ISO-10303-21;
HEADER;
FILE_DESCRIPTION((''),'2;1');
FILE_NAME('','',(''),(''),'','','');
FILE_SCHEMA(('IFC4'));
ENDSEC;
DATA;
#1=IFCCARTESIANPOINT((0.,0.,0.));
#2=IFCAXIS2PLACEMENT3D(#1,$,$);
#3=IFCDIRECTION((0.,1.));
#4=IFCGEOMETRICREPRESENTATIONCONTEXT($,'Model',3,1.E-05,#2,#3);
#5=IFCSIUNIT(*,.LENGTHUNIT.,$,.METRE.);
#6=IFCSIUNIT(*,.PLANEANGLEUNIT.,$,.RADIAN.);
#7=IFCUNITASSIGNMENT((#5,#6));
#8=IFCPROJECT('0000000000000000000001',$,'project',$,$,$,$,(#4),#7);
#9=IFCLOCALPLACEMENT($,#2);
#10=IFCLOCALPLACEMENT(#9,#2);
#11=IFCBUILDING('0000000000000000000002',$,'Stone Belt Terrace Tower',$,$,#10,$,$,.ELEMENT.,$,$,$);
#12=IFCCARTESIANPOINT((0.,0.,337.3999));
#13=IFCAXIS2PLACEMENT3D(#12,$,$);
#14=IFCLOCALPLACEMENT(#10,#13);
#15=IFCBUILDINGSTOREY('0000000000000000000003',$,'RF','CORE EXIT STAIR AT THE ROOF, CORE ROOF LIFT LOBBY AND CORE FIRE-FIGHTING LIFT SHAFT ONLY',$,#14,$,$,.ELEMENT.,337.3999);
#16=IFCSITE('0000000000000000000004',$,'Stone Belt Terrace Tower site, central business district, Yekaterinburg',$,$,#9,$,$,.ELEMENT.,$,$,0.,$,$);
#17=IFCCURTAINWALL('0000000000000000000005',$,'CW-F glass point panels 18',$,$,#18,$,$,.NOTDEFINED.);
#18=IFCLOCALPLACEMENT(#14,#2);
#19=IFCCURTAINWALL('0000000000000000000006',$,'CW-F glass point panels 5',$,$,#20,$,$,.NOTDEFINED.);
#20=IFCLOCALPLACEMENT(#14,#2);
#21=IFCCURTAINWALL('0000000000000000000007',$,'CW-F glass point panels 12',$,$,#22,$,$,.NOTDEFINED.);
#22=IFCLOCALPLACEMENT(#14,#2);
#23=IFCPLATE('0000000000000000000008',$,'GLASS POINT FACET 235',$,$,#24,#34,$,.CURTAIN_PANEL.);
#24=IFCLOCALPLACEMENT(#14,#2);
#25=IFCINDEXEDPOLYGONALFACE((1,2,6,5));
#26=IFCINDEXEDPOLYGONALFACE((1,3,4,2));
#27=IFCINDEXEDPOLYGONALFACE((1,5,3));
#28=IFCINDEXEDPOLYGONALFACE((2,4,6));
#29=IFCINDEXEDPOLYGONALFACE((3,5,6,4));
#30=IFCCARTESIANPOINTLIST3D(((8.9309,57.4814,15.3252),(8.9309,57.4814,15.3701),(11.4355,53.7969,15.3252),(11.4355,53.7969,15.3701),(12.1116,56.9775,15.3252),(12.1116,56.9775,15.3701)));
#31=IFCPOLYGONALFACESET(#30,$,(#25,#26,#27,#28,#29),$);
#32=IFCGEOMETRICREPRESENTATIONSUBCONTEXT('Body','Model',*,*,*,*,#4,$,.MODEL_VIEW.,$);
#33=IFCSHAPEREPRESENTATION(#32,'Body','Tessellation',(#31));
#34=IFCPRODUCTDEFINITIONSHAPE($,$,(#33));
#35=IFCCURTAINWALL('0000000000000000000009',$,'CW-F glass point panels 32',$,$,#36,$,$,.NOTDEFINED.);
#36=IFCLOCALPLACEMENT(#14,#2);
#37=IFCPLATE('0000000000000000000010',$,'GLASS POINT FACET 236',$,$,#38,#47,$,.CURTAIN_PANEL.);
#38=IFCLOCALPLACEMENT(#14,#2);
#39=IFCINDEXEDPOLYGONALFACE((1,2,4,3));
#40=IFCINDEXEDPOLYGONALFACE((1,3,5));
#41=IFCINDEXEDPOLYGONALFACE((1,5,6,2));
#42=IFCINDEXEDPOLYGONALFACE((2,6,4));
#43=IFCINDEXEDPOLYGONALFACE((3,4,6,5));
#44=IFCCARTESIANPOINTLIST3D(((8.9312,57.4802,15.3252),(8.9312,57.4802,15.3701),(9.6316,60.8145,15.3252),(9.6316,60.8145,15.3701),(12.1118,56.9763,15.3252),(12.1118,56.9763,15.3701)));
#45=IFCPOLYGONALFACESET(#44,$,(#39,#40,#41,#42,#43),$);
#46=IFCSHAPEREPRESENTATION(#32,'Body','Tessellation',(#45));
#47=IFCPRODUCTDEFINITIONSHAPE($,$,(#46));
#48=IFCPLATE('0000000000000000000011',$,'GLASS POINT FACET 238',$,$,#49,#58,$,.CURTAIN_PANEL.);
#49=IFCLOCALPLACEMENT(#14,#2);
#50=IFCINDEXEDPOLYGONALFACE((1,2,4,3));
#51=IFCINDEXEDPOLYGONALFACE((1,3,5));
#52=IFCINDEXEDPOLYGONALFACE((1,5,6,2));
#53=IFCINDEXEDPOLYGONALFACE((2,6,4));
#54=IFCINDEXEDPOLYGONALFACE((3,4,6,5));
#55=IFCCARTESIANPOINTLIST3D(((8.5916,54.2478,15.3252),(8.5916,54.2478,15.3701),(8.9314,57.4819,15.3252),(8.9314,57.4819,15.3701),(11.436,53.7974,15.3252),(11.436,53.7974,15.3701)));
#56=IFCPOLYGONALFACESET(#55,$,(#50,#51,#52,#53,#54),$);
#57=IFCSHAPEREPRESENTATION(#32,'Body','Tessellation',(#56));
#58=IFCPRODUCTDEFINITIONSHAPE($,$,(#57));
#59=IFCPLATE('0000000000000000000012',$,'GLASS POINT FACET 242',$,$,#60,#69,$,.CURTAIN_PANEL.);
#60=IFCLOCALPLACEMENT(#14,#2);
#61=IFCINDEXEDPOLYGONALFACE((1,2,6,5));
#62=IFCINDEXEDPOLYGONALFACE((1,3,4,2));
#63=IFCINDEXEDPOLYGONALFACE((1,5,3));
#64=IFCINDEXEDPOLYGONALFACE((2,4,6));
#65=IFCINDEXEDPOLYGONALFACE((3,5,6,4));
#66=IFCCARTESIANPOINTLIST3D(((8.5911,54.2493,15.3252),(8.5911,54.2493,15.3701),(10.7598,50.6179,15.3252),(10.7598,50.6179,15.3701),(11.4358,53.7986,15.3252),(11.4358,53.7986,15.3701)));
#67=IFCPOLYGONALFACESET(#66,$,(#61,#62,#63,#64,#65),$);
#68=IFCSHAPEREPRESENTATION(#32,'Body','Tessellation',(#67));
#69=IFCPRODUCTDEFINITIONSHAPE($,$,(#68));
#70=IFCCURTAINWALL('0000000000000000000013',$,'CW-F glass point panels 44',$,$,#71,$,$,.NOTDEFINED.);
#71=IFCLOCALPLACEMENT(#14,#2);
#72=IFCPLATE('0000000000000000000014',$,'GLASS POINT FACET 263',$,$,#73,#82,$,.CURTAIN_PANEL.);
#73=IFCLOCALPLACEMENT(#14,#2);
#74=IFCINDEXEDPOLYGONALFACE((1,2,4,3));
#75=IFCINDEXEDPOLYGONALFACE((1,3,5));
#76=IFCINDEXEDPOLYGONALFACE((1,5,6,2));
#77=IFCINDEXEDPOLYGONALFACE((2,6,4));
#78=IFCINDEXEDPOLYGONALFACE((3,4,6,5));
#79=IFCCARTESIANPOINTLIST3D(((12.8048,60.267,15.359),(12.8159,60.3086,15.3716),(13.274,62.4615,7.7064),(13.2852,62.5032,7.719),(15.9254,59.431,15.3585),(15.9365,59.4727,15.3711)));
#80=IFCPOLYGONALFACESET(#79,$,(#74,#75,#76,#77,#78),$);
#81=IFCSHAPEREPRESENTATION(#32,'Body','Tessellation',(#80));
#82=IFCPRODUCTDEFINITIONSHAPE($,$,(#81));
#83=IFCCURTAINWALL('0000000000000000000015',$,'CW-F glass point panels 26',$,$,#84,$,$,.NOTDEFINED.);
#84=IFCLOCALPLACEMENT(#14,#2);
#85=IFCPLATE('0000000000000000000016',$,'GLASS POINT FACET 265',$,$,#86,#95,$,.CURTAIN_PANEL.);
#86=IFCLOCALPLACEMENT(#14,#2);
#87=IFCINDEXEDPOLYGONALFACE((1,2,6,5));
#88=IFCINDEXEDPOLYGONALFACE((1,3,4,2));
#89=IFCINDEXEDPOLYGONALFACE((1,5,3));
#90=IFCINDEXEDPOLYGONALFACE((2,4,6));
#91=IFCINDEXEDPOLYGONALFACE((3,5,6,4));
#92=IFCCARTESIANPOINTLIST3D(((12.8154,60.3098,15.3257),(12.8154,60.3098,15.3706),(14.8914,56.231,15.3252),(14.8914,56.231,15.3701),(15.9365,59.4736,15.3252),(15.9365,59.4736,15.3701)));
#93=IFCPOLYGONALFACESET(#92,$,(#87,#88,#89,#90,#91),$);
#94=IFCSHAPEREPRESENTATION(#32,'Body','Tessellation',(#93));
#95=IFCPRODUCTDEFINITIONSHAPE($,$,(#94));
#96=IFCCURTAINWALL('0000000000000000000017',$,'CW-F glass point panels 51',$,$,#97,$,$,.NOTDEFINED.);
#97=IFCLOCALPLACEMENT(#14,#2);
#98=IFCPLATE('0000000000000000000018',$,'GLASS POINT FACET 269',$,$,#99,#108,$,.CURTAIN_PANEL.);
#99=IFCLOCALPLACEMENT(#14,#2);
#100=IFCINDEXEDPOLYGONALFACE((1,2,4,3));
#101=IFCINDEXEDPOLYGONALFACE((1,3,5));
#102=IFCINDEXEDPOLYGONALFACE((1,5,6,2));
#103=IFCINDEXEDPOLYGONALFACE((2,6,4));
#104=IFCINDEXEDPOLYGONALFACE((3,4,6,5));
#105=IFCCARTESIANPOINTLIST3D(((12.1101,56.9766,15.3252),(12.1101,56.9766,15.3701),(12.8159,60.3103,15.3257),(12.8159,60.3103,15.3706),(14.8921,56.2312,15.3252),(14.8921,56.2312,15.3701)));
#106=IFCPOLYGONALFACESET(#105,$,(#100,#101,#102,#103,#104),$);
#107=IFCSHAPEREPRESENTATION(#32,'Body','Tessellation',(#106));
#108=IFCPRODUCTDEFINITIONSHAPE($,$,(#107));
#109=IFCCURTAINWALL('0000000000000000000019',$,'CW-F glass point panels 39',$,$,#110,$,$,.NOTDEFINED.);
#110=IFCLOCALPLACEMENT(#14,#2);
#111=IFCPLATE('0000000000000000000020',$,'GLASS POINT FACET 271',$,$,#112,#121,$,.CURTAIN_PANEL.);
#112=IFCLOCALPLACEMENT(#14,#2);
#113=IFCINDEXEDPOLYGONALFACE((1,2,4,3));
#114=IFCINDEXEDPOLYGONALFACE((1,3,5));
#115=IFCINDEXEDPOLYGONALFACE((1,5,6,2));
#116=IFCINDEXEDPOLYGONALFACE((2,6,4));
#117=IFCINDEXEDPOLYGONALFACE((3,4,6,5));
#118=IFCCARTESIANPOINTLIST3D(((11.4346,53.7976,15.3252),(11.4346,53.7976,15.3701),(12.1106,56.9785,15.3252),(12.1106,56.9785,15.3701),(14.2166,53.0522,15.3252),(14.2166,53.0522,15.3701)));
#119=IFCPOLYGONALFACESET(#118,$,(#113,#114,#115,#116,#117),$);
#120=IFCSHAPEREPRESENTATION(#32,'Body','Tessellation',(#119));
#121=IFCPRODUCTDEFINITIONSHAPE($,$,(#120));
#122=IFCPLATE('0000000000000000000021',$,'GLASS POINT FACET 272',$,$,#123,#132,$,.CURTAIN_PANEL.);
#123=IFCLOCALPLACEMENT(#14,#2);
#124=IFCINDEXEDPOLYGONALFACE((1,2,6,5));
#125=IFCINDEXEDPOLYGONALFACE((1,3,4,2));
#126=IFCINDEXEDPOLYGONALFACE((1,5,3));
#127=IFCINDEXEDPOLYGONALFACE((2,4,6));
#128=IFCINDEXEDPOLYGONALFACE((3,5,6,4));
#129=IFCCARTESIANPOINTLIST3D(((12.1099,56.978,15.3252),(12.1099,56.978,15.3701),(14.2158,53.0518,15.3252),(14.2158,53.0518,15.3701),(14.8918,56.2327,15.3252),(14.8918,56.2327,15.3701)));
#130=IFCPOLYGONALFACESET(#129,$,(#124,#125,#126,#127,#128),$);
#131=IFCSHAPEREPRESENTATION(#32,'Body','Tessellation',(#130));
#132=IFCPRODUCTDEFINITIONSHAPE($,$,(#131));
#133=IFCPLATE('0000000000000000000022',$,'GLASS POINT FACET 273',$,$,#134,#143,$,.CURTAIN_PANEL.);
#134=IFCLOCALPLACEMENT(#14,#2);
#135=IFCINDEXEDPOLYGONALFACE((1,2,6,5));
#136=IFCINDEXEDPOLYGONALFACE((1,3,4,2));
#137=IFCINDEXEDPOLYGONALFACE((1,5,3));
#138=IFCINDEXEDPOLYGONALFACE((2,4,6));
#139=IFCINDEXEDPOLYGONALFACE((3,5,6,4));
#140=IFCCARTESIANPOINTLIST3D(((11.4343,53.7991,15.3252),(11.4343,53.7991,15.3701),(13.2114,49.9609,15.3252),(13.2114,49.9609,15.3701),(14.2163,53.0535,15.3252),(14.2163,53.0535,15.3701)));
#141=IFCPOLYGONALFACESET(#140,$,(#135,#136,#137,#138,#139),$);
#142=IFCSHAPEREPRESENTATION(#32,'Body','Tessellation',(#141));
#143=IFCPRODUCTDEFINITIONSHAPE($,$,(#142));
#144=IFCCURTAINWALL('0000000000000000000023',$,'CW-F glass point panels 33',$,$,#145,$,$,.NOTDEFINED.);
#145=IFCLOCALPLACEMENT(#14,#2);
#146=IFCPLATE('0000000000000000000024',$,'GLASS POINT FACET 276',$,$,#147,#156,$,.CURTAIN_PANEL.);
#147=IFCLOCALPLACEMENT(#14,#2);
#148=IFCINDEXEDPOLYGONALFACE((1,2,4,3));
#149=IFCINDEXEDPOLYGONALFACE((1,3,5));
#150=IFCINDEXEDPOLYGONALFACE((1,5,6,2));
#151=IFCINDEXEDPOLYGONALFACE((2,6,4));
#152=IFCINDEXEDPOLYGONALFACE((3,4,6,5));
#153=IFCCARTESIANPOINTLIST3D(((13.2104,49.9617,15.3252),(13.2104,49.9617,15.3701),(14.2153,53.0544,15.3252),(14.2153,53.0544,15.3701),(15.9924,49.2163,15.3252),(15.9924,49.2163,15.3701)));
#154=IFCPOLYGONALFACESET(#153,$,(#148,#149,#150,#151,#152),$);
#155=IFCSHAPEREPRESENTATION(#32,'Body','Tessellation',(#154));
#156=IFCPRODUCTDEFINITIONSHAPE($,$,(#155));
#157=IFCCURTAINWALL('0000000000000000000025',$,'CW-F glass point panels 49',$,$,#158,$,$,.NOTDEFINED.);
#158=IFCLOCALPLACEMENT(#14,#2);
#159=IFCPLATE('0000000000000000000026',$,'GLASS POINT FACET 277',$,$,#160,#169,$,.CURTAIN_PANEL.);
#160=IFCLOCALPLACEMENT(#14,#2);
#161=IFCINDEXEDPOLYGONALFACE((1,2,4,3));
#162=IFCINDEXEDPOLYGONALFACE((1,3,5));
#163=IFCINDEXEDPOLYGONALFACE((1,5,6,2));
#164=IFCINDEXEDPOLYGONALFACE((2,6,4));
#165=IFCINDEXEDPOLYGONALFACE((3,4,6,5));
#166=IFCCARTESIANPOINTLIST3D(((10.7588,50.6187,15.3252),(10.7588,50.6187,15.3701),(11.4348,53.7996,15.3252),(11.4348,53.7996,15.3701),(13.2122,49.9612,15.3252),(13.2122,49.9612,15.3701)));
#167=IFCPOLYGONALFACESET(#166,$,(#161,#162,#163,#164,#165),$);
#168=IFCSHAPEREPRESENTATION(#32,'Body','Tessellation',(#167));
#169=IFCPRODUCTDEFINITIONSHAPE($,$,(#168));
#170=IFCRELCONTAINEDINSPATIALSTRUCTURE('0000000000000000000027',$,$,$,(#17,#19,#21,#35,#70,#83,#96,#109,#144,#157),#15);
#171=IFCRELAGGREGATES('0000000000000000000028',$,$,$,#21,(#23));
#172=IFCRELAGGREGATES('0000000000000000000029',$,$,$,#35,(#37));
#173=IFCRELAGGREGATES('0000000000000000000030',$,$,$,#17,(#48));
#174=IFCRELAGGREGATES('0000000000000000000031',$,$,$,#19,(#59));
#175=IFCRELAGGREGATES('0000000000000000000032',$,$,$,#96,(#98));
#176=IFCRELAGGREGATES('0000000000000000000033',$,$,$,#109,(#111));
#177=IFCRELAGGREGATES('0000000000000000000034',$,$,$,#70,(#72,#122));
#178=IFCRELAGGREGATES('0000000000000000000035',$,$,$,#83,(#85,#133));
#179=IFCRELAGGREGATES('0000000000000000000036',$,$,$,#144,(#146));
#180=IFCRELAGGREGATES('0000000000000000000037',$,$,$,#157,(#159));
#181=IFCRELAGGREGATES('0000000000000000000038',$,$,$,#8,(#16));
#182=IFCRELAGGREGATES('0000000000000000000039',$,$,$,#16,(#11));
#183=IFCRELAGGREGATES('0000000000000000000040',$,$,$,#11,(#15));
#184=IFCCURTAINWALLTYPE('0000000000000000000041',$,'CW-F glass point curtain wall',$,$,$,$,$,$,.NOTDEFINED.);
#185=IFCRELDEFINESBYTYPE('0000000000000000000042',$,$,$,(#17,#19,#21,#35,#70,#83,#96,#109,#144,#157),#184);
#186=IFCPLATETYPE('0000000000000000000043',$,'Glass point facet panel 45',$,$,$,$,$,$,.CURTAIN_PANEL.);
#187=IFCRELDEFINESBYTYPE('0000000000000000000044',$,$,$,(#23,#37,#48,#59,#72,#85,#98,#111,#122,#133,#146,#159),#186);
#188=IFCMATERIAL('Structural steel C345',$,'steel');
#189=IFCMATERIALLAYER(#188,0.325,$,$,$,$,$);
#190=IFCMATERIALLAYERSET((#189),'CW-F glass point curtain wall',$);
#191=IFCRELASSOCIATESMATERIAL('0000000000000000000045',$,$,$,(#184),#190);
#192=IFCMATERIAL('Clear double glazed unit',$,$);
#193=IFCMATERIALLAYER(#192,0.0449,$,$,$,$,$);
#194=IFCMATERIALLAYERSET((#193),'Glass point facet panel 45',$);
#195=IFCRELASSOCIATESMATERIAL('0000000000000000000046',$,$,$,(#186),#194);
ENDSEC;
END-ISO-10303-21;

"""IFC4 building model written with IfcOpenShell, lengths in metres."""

from ifc_helpers import new_model, si_unit, direction, frame, origin, place, context, subcontext, project, spatial, polyline, outline, extrude, material, layer, layer_set, type_object, element, aggregate, save


model = new_model("IFC4")

# Units and contexts
model_context = context("Model", 3, precision=1e-05, world=origin(), true_north=direction((0.0, 1.0)))
body_context = subcontext(model_context, "Body", "Model", "MODEL_VIEW")
ifc_project = project(units=[si_unit("LENGTHUNIT", "METRE"), si_unit("PLANEANGLEUNIT", "RADIAN")], contexts=[model_context])

# Site, building, storey
site_placement = place(None, origin())
site = spatial("IfcSite", under=ifc_project, at=site_placement, Name="Stone Belt Terrace Tower site, central business district, Yekaterinburg", CompositionType="ELEMENT", RefElevation=0.0)
building_placement = place(site_placement, origin())
building = spatial("IfcBuilding", under=site, at=building_placement, Name="Stone Belt Terrace Tower", CompositionType="ELEMENT")
storey_placement = place(building_placement, frame((0.0, 0.0, 337.3999)))
storey = spatial("IfcBuildingStorey", under=building, at=storey_placement, Name="RF", Description="CORE EXIT STAIR AT THE ROOF, CORE ROOF LIFT LOBBY AND CORE FIRE-FIGHTING LIFT SHAFT ONLY", CompositionType="ELEMENT", Elevation=337.3999)

# Shared definitions
ifc_material_1 = material(Name="Structural steel C345", Category="steel")

# Curtain walls, plates
ifc_layer_1 = layer(ifc_material_1, 0.325)
ifc_layer_set_1 = layer_set([ifc_layer_1], Name="CW-F glass point curtain wall")
curtain_wall_type = type_object("IfcCurtainWallType", Name="CW-F glass point curtain wall", PredefinedType="NOTDEFINED", material=ifc_layer_set_1)
curtain_wall_1_placement = place(storey_placement, origin())
curtain_wall_1 = element("IfcCurtainWall", 1, at=curtain_wall_1_placement, inside=storey, type_object=curtain_wall_type, Name="CW-F glass point panels 18", PredefinedType="NOTDEFINED")
ifc_material_2 = material(Name="Clear double glazed unit")
ifc_layer_2 = layer(ifc_material_2, 0.0449)
ifc_layer_set_2 = layer_set([ifc_layer_2], Name="Glass point facet panel 45")
plate_type = type_object("IfcPlateType", Name="Glass point facet panel 45", PredefinedType="CURTAIN_PANEL", material=ifc_layer_set_2)
curtain_wall_2_placement = place(storey_placement, origin())
curtain_wall_2 = element("IfcCurtainWall", 2, at=curtain_wall_2_placement, inside=storey, type_object=curtain_wall_type, Name="CW-F glass point panels 5", PredefinedType="NOTDEFINED")
curtain_wall_3_placement = place(storey_placement, origin())
curtain_wall_3 = element("IfcCurtainWall", 3, at=curtain_wall_3_placement, inside=storey, type_object=curtain_wall_type, Name="CW-F glass point panels 12", PredefinedType="NOTDEFINED")
plate_1_placement = place(storey_placement, frame((11.4355, 53.7969, 15.3701), z_axis=(0.0, 0.0, 1.0), x_axis=(-0.562177, 0.827017, 0.0)))
plate_1 = element("IfcPlate", 4, at=plate_1_placement, type_object=plate_type, Name="GLASS POINT FACET 235", PredefinedType="CURTAIN_PANEL", context=body_context, shape_type="SweptSolid", body=[
    extrude(outline(polyline([(0.0, 0.0), (4.4553, 0.0), (2.2504, -2.3472), (0.0, 0.0)])), origin(), (0.0, 0.0, -1.0), 0.0449),
])
aggregate(curtain_wall_3, [plate_1])
curtain_wall_4_placement = place(storey_placement, origin())
curtain_wall_4 = element("IfcCurtainWall", 5, at=curtain_wall_4_placement, inside=storey, type_object=curtain_wall_type, Name="CW-F glass point panels 32", PredefinedType="NOTDEFINED")
plate_2_placement = place(storey_placement, frame((9.6316, 60.8145, 15.3701), z_axis=(0.0, 0.0, 1.0), x_axis=(0.542746, -0.839897, 0.0)))
plate_2 = element("IfcPlate", 6, at=plate_2_placement, type_object=plate_type, Name="GLASS POINT FACET 236", PredefinedType="CURTAIN_PANEL", context=body_context, shape_type="SweptSolid", body=[
    extrude(outline(polyline([(0.0, 0.0), (4.5698, 0.0), (2.4202, -2.3979), (0.0, 0.0)])), origin(), (0.0, 0.0, -1.0), 0.0449),
])
aggregate(curtain_wall_4, [plate_2])

# Plates
plate_3_placement = place(storey_placement, frame((11.436, 53.7974, 15.3701), z_axis=(0.0, 0.0, 1.0), x_axis=(-0.987693, 0.156407, 0.0)))
plate_3 = element("IfcPlate", 7, at=plate_3_placement, type_object=plate_type, Name="GLASS POINT FACET 238", PredefinedType="CURTAIN_PANEL", context=body_context, shape_type="SweptSolid", body=[
    extrude(outline(polyline([(0.0, 0.0), (2.8799, 0.0), (3.0501, -3.2475), (0.0, 0.0)])), origin(), (0.0, 0.0, -1.0), 0.0449),
])
aggregate(curtain_wall_1, [plate_3])
plate_4_placement = place(storey_placement, frame((11.4358, 53.7986, 15.3701), z_axis=(0.0, 0.0, 1.0), x_axis=(-0.207898, -0.97815, 0.0)))
plate_4 = element("IfcPlate", 8, at=plate_4_placement, type_object=plate_type, Name="GLASS POINT FACET 242", PredefinedType="CURTAIN_PANEL", context=body_context, shape_type="SweptSolid", body=[
    extrude(outline(polyline([(0.0, 0.0), (3.2517, 0.0), (0.1506, -2.8763), (0.0, 0.0)])), origin(), (0.0, 0.0, -1.0), 0.0449),
])
aggregate(curtain_wall_2, [plate_4])

# Curtain walls, plates
curtain_wall_5_placement = place(storey_placement, origin())
curtain_wall_5 = element("IfcCurtainWall", 9, at=curtain_wall_5_placement, inside=storey, type_object=curtain_wall_type, Name="CW-F glass point panels 44", PredefinedType="NOTDEFINED")
plate_5_placement = place(storey_placement, frame((12.8159, 60.3086, 15.3716), z_axis=(0.248364, 0.926993, 0.281069), x_axis=(0.05884, 0.275187, -0.959588)))
plate_5 = element("IfcPlate", 10, at=plate_5_placement, type_object=plate_type, Name="GLASS POINT FACET 263", PredefinedType="CURTAIN_PANEL", context=body_context, shape_type="SweptSolid", body=[
    extrude(outline(polyline([(0.0, 0.0), (7.9749, 0.0), (-0.046, -3.2303), (0.0, 0.0)])), origin(), (0.0, 0.0, -1.0), 0.0449),
])
curtain_wall_6_placement = place(storey_placement, origin())
curtain_wall_6 = element("IfcCurtainWall", 11, at=curtain_wall_6_placement, inside=storey, type_object=curtain_wall_type, Name="CW-F glass point panels 26", PredefinedType="NOTDEFINED")
plate_6_placement = place(storey_placement, frame((12.8154, 60.3098, 15.3706), z_axis=(0.000144, -0.000046, 1.0), x_axis=(0.965935, -0.258786, -0.000151)))
plate_6 = element("IfcPlate", 12, at=plate_6_placement, type_object=plate_type, Name="GLASS POINT FACET 265", PredefinedType="CURTAIN_PANEL", context=body_context, shape_type="SweptSolid", body=[
    extrude(outline(polyline([(0.0, 0.0), (3.2312, 0.0), (3.0608, -3.4027), (0.0, 0.0)])), origin(), (0.0, 0.0, -1.0), 0.0449),
])
curtain_wall_7_placement = place(storey_placement, origin())
curtain_wall_7 = element("IfcCurtainWall", 13, at=curtain_wall_7_placement, inside=storey, type_object=curtain_wall_type, Name="CW-F glass point panels 51", PredefinedType="NOTDEFINED")
plate_7_placement = place(storey_placement, frame((12.8159, 60.3103, 15.3706), z_axis=(-0.000037, -0.000139, 1.0), x_axis=(0.453603, -0.891204, -0.000107)))
plate_7 = element("IfcPlate", 14, at=plate_7_placement, type_object=plate_type, Name="GLASS POINT FACET 269", PredefinedType="CURTAIN_PANEL", context=body_context, shape_type="SweptSolid", body=[
    extrude(outline(polyline([(0.0, 0.0), (4.5771, 0.0), (2.6509, -2.1412), (0.0, 0.0)])), origin(), (0.0, 0.0, -1.0), 0.0449),
])
aggregate(curtain_wall_7, [plate_7])
curtain_wall_8_placement = place(storey_placement, origin())
curtain_wall_8 = element("IfcCurtainWall", 15, at=curtain_wall_8_placement, inside=storey, type_object=curtain_wall_type, Name="CW-F glass point panels 39", PredefinedType="NOTDEFINED")
plate_8_placement = place(storey_placement, frame((11.4346, 53.7976, 15.3701), z_axis=(0.0, 0.0, 1.0), x_axis=(0.207883, 0.978154, 0.0)))
plate_8 = element("IfcPlate", 16, at=plate_8_placement, type_object=plate_type, Name="GLASS POINT FACET 271", PredefinedType="CURTAIN_PANEL", context=body_context, shape_type="SweptSolid", body=[
    extrude(outline(polyline([(0.0, 0.0), (3.252, 0.0), (-0.1508, -2.8762), (0.0, 0.0)])), origin(), (0.0, 0.0, -1.0), 0.0449),
])
aggregate(curtain_wall_8, [plate_8])

# Plates
plate_9_placement = place(storey_placement, frame((14.8918, 56.2327, 15.3701), z_axis=(0.0, 0.0, 1.0), x_axis=(-0.207883, -0.978154, 0.0)))
plate_9 = element("IfcPlate", 17, at=plate_9_placement, type_object=plate_type, Name="GLASS POINT FACET 272", PredefinedType="CURTAIN_PANEL", context=body_context, shape_type="SweptSolid", body=[
    extrude(outline(polyline([(0.0, 0.0), (3.252, 0.0), (-0.1508, -2.8762), (0.0, 0.0)])), origin(), (0.0, 0.0, -1.0), 0.0449),
])
aggregate(curtain_wall_5, [plate_5, plate_9])
plate_10_placement = place(storey_placement, frame((11.4343, 53.7991, 15.3701), z_axis=(0.0, 0.0, 1.0), x_axis=(0.965911, -0.258876, 0.0)))
plate_10 = element("IfcPlate", 18, at=plate_10_placement, type_object=plate_type, Name="GLASS POINT FACET 273", PredefinedType="CURTAIN_PANEL", context=body_context, shape_type="SweptSolid", body=[
    extrude(outline(polyline([(0.0, 0.0), (2.8802, 0.0), (2.7101, -3.2472), (0.0, 0.0)])), origin(), (0.0, 0.0, -1.0), 0.0449),
])
aggregate(curtain_wall_6, [plate_6, plate_10])

# Curtain walls, plates
curtain_wall_9_placement = place(storey_placement, origin())
curtain_wall_9 = element("IfcCurtainWall", 19, at=curtain_wall_9_placement, inside=storey, type_object=curtain_wall_type, Name="CW-F glass point panels 33", PredefinedType="NOTDEFINED")
plate_11_placement = place(storey_placement, frame((14.2153, 53.0544, 15.3701), z_axis=(0.0, 0.0, 1.0), x_axis=(0.42016, -0.90745, 0.0)))
plate_11 = element("IfcPlate", 20, at=plate_11_placement, type_object=plate_type, Name="GLASS POINT FACET 276", PredefinedType="CURTAIN_PANEL", context=body_context, shape_type="SweptSolid", body=[
    extrude(outline(polyline([(0.0, 0.0), (4.2296, 0.0), (2.3843, -2.2113), (0.0, 0.0)])), origin(), (0.0, 0.0, -1.0), 0.0449),
])
aggregate(curtain_wall_9, [plate_11])
curtain_wall_10_placement = place(storey_placement, origin())
curtain_wall_10 = element("IfcCurtainWall", 21, at=curtain_wall_10_placement, inside=storey, type_object=curtain_wall_type, Name="CW-F glass point panels 49", PredefinedType="NOTDEFINED")
plate_12_placement = place(storey_placement, frame((11.4348, 53.7996, 15.3701), z_axis=(0.0, 0.0, 1.0), x_axis=(0.420185, -0.907438, 0.0)))
plate_12 = element("IfcPlate", 22, at=plate_12_placement, type_object=plate_type, Name="GLASS POINT FACET 277", PredefinedType="CURTAIN_PANEL", context=body_context, shape_type="SweptSolid", body=[
    extrude(outline(polyline([(0.0, 0.0), (4.2299, 0.0), (2.6024, -1.95), (0.0, 0.0)])), origin(), (0.0, 0.0, -1.0), 0.0449),
])
aggregate(curtain_wall_10, [plate_12])

save(model, "model.ifc")
